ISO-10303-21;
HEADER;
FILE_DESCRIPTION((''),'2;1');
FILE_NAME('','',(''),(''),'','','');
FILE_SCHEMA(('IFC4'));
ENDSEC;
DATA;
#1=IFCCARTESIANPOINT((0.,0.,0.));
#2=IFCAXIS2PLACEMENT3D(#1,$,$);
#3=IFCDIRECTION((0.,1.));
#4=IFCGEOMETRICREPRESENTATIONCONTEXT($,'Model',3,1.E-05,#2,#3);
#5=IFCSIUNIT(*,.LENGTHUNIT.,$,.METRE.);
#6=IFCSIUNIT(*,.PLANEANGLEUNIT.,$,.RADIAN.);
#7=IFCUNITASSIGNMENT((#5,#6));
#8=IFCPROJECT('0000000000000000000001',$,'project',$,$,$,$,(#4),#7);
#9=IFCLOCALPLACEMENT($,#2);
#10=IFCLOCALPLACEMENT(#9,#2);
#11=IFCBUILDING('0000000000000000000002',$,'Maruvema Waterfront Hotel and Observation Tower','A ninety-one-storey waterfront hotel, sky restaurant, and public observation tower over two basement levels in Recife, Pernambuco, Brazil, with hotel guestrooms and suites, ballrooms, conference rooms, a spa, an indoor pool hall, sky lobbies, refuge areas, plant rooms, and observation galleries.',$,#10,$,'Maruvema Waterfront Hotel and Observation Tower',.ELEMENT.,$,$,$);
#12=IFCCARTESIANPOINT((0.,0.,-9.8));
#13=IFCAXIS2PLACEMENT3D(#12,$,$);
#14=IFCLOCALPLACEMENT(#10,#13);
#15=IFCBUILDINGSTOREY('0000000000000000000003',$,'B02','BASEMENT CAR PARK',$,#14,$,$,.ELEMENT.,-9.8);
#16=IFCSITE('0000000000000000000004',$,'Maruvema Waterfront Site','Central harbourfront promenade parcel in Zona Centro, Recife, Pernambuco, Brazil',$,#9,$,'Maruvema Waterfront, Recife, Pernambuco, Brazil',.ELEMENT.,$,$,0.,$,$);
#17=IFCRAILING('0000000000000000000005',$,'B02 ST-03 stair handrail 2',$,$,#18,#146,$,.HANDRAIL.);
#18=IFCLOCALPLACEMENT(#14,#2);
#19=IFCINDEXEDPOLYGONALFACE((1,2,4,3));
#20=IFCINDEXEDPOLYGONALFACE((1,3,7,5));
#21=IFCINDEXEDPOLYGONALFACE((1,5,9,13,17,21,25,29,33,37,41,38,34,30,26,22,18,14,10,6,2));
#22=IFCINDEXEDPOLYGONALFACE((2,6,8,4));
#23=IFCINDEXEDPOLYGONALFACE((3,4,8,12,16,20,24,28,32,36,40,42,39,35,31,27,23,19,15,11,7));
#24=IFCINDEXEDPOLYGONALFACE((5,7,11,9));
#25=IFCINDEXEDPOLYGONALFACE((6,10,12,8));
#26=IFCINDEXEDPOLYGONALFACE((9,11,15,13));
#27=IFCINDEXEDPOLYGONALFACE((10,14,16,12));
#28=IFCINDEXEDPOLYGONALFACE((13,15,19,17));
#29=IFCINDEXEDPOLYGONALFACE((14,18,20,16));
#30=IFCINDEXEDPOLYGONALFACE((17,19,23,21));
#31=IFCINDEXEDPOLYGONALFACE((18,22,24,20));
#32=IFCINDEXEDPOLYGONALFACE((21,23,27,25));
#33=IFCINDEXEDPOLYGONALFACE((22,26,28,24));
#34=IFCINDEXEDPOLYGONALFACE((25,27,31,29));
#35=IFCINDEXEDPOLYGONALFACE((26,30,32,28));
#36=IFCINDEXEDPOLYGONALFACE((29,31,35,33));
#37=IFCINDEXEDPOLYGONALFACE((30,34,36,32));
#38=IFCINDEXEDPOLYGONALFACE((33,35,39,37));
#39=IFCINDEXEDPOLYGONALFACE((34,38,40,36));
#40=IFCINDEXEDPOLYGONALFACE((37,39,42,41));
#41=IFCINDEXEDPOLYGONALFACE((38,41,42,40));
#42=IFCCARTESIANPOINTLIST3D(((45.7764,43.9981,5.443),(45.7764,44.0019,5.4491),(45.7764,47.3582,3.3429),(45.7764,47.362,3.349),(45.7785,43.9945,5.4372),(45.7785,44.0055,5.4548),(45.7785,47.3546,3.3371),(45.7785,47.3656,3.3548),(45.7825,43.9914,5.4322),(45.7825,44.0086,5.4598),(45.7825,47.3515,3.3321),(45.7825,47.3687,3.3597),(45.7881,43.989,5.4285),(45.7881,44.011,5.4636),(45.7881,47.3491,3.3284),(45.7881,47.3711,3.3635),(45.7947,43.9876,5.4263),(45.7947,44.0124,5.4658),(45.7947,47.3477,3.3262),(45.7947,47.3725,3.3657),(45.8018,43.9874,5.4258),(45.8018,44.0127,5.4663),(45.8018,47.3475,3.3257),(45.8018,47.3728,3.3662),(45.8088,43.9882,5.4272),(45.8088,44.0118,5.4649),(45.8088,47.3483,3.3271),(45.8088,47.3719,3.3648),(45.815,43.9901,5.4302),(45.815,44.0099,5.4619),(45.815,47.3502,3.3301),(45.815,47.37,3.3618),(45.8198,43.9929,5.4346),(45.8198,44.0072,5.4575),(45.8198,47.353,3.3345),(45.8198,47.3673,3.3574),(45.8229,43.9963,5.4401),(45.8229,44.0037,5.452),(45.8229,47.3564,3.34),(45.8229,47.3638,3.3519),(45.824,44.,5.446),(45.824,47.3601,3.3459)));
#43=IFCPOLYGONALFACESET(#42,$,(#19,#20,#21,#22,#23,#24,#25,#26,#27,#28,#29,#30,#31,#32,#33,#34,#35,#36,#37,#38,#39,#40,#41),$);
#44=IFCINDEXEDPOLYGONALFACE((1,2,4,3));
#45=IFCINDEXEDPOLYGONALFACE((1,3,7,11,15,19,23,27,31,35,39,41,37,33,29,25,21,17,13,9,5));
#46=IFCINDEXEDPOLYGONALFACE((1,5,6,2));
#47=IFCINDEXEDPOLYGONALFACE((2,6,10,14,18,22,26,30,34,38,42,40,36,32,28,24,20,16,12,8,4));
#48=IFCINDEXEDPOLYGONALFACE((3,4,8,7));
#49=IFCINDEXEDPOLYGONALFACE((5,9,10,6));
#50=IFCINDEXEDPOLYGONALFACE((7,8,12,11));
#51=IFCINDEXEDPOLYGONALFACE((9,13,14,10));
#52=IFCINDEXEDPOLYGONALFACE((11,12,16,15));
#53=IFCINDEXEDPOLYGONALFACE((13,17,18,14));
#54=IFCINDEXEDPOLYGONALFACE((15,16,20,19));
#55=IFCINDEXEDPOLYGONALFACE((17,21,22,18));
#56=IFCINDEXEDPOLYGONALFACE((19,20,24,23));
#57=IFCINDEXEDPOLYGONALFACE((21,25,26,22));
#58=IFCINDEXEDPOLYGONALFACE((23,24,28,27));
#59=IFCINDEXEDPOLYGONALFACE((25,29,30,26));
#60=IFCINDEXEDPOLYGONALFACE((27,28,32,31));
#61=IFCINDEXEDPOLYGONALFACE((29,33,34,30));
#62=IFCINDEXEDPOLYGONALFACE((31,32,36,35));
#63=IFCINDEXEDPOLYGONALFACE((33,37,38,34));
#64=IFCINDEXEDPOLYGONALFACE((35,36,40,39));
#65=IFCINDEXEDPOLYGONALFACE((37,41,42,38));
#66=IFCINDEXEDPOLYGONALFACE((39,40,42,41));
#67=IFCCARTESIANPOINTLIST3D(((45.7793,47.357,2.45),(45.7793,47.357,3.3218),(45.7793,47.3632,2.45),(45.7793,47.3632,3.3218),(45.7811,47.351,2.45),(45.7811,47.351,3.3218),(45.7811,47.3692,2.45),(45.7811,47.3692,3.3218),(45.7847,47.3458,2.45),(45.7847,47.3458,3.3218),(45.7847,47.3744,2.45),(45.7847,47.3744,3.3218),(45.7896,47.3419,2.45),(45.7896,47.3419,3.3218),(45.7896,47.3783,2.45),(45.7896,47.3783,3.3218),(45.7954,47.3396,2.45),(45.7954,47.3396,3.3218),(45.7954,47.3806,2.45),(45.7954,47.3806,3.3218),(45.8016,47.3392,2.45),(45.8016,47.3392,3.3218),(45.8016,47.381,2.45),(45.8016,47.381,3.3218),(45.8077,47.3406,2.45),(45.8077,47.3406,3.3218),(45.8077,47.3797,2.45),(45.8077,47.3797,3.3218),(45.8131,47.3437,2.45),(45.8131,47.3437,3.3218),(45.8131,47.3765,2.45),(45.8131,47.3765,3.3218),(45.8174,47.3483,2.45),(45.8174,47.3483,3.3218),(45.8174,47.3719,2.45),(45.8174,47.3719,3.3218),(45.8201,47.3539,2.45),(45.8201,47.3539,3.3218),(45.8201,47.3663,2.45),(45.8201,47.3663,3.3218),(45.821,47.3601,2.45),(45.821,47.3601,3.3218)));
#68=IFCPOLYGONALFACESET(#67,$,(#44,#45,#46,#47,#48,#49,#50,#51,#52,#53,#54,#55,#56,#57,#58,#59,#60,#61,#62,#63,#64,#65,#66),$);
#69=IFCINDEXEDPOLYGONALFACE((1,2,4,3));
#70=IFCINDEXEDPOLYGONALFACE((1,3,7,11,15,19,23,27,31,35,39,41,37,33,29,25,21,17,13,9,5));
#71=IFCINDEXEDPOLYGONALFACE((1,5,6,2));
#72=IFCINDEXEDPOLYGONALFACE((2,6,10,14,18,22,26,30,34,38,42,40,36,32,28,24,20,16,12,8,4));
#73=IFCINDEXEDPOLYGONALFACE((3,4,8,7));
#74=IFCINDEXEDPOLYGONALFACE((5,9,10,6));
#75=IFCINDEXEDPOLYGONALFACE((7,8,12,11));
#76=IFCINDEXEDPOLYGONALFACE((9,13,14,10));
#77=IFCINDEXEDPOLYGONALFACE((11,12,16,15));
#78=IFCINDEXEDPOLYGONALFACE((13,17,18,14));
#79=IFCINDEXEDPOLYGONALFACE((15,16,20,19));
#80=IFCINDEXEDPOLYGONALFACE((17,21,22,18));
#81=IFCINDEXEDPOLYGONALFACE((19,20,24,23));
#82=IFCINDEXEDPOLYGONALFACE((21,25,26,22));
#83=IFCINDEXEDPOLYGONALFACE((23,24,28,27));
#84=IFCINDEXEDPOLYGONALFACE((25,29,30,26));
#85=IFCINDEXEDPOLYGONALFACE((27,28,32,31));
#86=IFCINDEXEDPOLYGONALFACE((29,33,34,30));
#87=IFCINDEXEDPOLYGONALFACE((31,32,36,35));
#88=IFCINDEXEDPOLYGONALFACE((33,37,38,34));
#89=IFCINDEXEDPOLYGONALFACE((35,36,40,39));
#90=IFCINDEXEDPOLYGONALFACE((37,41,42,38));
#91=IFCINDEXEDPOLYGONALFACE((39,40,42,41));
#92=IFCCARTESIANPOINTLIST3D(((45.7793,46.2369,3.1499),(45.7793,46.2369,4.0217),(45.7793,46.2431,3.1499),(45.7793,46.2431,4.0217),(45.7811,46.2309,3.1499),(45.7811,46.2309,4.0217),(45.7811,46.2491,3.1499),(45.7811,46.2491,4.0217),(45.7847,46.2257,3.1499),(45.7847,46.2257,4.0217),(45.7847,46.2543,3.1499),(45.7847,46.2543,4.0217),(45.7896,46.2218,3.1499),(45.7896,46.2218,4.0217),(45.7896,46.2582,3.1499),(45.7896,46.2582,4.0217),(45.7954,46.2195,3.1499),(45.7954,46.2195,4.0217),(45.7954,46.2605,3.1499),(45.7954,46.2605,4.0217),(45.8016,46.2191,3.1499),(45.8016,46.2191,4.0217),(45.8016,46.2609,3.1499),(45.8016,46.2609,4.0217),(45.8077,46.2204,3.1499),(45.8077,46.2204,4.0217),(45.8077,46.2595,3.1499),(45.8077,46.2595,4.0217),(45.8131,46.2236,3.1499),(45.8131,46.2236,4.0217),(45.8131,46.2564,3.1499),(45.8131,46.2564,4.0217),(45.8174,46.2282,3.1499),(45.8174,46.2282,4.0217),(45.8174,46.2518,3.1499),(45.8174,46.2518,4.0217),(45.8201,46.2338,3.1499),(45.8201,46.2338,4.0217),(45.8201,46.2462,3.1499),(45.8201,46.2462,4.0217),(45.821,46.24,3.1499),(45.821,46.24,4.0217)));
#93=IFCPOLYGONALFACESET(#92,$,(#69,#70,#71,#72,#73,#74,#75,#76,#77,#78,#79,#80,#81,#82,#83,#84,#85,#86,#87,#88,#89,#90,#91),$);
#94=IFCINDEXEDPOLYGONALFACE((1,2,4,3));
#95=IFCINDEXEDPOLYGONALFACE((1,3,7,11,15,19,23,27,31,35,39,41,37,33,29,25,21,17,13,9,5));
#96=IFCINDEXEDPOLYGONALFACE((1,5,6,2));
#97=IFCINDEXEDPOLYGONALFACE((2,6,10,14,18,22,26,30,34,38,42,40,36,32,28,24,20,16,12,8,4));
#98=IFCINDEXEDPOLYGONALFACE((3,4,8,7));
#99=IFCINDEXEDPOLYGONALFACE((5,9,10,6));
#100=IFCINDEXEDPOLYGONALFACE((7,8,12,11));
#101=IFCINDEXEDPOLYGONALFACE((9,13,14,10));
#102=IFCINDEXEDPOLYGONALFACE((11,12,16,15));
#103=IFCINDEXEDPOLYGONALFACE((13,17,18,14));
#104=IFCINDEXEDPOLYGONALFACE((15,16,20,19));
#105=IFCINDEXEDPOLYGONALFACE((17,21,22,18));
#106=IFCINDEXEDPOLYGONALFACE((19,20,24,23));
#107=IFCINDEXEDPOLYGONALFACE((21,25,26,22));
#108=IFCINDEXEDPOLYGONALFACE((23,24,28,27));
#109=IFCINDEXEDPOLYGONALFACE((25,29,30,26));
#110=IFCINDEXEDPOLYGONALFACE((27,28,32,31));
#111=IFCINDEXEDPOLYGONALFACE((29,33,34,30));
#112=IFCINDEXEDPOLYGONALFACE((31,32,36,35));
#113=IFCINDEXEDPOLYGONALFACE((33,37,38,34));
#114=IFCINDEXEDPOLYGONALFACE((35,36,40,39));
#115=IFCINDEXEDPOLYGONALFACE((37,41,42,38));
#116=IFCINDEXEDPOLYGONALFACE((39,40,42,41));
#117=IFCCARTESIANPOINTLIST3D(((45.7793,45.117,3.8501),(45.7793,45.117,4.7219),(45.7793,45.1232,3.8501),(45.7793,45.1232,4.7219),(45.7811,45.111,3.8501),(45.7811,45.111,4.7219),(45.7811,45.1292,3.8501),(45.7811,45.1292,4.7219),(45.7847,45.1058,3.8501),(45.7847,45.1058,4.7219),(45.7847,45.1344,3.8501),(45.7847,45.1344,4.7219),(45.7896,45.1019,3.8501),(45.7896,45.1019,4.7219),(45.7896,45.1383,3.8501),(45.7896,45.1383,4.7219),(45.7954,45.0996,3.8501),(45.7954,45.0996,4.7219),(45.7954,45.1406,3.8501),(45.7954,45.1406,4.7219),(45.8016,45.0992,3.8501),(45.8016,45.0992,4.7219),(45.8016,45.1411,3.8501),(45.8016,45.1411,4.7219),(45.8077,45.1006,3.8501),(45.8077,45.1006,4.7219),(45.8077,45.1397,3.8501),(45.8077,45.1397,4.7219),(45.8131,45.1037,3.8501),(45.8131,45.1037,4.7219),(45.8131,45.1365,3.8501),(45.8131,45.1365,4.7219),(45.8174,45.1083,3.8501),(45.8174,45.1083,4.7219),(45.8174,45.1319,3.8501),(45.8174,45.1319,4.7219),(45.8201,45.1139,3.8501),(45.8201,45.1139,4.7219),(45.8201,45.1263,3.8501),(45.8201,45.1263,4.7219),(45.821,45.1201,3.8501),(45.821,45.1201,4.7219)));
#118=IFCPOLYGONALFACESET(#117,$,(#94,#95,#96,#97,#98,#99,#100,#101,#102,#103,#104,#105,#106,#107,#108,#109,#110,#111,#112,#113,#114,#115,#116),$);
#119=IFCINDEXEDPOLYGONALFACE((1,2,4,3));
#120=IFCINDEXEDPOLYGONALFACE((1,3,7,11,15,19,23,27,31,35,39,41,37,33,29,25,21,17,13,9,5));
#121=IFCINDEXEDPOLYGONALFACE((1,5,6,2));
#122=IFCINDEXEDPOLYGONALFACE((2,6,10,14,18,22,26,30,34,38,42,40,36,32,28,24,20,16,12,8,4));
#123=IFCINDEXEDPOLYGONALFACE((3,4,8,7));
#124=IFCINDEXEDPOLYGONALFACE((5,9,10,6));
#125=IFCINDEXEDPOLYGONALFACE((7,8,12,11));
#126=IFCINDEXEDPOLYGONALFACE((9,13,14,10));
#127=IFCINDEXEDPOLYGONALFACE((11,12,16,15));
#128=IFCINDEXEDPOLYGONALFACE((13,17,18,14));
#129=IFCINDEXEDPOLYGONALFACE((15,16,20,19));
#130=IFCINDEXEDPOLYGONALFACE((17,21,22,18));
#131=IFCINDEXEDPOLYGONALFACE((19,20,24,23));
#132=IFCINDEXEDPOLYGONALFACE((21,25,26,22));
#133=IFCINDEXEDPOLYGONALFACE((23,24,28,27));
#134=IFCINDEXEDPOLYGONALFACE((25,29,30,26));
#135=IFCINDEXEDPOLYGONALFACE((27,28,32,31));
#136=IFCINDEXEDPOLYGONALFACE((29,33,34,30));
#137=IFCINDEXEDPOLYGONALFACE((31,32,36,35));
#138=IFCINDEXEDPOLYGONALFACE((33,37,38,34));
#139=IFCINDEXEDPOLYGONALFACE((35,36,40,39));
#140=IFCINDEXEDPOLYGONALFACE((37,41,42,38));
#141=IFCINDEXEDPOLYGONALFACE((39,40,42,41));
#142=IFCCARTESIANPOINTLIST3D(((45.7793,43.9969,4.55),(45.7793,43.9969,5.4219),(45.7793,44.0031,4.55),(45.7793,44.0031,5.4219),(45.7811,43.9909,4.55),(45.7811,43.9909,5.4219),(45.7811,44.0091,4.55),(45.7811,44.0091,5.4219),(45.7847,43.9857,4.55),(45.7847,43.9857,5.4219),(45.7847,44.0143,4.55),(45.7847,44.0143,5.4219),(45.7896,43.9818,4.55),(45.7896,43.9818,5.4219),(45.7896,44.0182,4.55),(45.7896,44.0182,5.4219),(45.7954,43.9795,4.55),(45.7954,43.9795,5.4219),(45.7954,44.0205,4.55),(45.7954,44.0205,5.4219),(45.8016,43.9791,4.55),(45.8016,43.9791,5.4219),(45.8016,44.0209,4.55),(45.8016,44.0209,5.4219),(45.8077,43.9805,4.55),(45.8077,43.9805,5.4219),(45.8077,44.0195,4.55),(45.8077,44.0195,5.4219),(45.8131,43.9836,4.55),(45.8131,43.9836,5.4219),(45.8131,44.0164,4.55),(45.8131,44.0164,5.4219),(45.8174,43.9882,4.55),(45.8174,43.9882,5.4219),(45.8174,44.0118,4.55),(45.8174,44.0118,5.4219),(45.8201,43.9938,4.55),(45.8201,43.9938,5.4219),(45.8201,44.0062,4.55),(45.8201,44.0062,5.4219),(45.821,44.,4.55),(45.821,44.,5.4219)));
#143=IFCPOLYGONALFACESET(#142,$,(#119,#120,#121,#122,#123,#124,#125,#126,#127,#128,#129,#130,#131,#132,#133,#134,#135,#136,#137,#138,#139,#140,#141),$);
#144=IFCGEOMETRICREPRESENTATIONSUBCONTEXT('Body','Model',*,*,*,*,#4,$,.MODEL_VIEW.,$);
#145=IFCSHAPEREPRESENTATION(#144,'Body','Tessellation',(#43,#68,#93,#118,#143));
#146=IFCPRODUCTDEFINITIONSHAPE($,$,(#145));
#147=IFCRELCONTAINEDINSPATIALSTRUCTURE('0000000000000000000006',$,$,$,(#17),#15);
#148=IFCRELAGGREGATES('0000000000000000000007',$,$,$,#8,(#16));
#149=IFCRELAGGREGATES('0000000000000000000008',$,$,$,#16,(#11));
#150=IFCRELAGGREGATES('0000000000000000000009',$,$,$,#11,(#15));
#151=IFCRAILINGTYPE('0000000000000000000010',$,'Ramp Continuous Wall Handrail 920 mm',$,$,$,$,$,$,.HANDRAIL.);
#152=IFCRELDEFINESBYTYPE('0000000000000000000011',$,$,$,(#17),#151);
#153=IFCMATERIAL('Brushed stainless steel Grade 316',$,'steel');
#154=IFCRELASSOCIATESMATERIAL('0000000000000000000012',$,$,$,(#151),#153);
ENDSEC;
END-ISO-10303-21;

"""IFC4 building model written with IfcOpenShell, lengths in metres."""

from ifc_helpers import new_model, si_unit, direction, frame, origin, origin_2d, place, context, subcontext, project, spatial, circle, extrude, material, type_object, element, save


model = new_model("IFC4")

# Units and contexts
model_context = context("Model", 3, precision=1e-05, world=origin(), true_north=direction((0.0, 1.0)))
body_context = subcontext(model_context, "Body", "Model", "MODEL_VIEW")
ifc_project = project(units=[si_unit("LENGTHUNIT", "METRE"), si_unit("PLANEANGLEUNIT", "RADIAN")], contexts=[model_context])

# Site, building, storey
site_placement = place(None, origin())
site = spatial("IfcSite", under=ifc_project, at=site_placement, Name="Maruvema Waterfront Site", Description="Central harbourfront promenade parcel in Zona Centro, Recife, Pernambuco, Brazil", LongName="Maruvema Waterfront, Recife, Pernambuco, Brazil", CompositionType="ELEMENT", RefElevation=0.0)
building_placement = place(site_placement, origin())
building = spatial("IfcBuilding", under=site, at=building_placement, Name="Maruvema Waterfront Hotel and Observation Tower", Description="A ninety-one-storey waterfront hotel, sky restaurant, and public observation tower over two basement levels in Recife, Pernambuco, Brazil, with hotel guestrooms and suites, ballrooms, conference rooms, a spa, an indoor pool hall, sky lobbies, refuge areas, plant rooms, and observation galleries.", LongName="Maruvema Waterfront Hotel and Observation Tower", CompositionType="ELEMENT")
storey_placement = place(building_placement, frame((0.0, 0.0, -9.8)))
storey = spatial("IfcBuildingStorey", under=building, at=storey_placement, Name="B02", Description="BASEMENT CAR PARK", CompositionType="ELEMENT", Elevation=-9.8)

# Railing
ifc_material_1 = material(Name="Brushed stainless steel Grade 316", Category="steel")
railing_type_1 = type_object("IfcRailingType", Name="Ramp Continuous Wall Handrail 920 mm", PredefinedType="HANDRAIL", material=ifc_material_1)
railing_1_placement = place(storey_placement, frame((45.8, 47.3601, 2.45)))
element("IfcRailing", 1, at=railing_1_placement, inside=storey, type_object=railing_type_1, Name="B02 ST-03 stair handrail 2", PredefinedType="HANDRAIL", context=body_context, shape_type="SweptSolid", body=[
    extrude(circle(Radius=0.0239, at=origin_2d()), frame((0.0, 0.0, 0.896), z_axis=(0.0, -0.847995, 0.530004), x_axis=(1.0, 0.0, 0.0)), (0.0, 0.0, 1.0), 3.9624),
    extrude(circle(Radius=0.021, at=origin_2d()), origin(), (0.0, 0.0, 1.0), 0.8718),
    extrude(circle(Radius=0.021, at=origin_2d()), frame((0.0, -1.1201, 0.7)), (0.0, 0.0, 1.0), 0.8718),
    extrude(circle(Radius=0.021, at=origin_2d()), frame((0.0, -2.24, 1.4001)), (0.0, 0.0, 1.0), 0.8718),
    extrude(circle(Radius=0.021, at=origin_2d()), frame((0.0, -3.3601, 2.1001)), (0.0, 0.0, 1.0), 0.8718),
])

save(model, "model.ifc")
